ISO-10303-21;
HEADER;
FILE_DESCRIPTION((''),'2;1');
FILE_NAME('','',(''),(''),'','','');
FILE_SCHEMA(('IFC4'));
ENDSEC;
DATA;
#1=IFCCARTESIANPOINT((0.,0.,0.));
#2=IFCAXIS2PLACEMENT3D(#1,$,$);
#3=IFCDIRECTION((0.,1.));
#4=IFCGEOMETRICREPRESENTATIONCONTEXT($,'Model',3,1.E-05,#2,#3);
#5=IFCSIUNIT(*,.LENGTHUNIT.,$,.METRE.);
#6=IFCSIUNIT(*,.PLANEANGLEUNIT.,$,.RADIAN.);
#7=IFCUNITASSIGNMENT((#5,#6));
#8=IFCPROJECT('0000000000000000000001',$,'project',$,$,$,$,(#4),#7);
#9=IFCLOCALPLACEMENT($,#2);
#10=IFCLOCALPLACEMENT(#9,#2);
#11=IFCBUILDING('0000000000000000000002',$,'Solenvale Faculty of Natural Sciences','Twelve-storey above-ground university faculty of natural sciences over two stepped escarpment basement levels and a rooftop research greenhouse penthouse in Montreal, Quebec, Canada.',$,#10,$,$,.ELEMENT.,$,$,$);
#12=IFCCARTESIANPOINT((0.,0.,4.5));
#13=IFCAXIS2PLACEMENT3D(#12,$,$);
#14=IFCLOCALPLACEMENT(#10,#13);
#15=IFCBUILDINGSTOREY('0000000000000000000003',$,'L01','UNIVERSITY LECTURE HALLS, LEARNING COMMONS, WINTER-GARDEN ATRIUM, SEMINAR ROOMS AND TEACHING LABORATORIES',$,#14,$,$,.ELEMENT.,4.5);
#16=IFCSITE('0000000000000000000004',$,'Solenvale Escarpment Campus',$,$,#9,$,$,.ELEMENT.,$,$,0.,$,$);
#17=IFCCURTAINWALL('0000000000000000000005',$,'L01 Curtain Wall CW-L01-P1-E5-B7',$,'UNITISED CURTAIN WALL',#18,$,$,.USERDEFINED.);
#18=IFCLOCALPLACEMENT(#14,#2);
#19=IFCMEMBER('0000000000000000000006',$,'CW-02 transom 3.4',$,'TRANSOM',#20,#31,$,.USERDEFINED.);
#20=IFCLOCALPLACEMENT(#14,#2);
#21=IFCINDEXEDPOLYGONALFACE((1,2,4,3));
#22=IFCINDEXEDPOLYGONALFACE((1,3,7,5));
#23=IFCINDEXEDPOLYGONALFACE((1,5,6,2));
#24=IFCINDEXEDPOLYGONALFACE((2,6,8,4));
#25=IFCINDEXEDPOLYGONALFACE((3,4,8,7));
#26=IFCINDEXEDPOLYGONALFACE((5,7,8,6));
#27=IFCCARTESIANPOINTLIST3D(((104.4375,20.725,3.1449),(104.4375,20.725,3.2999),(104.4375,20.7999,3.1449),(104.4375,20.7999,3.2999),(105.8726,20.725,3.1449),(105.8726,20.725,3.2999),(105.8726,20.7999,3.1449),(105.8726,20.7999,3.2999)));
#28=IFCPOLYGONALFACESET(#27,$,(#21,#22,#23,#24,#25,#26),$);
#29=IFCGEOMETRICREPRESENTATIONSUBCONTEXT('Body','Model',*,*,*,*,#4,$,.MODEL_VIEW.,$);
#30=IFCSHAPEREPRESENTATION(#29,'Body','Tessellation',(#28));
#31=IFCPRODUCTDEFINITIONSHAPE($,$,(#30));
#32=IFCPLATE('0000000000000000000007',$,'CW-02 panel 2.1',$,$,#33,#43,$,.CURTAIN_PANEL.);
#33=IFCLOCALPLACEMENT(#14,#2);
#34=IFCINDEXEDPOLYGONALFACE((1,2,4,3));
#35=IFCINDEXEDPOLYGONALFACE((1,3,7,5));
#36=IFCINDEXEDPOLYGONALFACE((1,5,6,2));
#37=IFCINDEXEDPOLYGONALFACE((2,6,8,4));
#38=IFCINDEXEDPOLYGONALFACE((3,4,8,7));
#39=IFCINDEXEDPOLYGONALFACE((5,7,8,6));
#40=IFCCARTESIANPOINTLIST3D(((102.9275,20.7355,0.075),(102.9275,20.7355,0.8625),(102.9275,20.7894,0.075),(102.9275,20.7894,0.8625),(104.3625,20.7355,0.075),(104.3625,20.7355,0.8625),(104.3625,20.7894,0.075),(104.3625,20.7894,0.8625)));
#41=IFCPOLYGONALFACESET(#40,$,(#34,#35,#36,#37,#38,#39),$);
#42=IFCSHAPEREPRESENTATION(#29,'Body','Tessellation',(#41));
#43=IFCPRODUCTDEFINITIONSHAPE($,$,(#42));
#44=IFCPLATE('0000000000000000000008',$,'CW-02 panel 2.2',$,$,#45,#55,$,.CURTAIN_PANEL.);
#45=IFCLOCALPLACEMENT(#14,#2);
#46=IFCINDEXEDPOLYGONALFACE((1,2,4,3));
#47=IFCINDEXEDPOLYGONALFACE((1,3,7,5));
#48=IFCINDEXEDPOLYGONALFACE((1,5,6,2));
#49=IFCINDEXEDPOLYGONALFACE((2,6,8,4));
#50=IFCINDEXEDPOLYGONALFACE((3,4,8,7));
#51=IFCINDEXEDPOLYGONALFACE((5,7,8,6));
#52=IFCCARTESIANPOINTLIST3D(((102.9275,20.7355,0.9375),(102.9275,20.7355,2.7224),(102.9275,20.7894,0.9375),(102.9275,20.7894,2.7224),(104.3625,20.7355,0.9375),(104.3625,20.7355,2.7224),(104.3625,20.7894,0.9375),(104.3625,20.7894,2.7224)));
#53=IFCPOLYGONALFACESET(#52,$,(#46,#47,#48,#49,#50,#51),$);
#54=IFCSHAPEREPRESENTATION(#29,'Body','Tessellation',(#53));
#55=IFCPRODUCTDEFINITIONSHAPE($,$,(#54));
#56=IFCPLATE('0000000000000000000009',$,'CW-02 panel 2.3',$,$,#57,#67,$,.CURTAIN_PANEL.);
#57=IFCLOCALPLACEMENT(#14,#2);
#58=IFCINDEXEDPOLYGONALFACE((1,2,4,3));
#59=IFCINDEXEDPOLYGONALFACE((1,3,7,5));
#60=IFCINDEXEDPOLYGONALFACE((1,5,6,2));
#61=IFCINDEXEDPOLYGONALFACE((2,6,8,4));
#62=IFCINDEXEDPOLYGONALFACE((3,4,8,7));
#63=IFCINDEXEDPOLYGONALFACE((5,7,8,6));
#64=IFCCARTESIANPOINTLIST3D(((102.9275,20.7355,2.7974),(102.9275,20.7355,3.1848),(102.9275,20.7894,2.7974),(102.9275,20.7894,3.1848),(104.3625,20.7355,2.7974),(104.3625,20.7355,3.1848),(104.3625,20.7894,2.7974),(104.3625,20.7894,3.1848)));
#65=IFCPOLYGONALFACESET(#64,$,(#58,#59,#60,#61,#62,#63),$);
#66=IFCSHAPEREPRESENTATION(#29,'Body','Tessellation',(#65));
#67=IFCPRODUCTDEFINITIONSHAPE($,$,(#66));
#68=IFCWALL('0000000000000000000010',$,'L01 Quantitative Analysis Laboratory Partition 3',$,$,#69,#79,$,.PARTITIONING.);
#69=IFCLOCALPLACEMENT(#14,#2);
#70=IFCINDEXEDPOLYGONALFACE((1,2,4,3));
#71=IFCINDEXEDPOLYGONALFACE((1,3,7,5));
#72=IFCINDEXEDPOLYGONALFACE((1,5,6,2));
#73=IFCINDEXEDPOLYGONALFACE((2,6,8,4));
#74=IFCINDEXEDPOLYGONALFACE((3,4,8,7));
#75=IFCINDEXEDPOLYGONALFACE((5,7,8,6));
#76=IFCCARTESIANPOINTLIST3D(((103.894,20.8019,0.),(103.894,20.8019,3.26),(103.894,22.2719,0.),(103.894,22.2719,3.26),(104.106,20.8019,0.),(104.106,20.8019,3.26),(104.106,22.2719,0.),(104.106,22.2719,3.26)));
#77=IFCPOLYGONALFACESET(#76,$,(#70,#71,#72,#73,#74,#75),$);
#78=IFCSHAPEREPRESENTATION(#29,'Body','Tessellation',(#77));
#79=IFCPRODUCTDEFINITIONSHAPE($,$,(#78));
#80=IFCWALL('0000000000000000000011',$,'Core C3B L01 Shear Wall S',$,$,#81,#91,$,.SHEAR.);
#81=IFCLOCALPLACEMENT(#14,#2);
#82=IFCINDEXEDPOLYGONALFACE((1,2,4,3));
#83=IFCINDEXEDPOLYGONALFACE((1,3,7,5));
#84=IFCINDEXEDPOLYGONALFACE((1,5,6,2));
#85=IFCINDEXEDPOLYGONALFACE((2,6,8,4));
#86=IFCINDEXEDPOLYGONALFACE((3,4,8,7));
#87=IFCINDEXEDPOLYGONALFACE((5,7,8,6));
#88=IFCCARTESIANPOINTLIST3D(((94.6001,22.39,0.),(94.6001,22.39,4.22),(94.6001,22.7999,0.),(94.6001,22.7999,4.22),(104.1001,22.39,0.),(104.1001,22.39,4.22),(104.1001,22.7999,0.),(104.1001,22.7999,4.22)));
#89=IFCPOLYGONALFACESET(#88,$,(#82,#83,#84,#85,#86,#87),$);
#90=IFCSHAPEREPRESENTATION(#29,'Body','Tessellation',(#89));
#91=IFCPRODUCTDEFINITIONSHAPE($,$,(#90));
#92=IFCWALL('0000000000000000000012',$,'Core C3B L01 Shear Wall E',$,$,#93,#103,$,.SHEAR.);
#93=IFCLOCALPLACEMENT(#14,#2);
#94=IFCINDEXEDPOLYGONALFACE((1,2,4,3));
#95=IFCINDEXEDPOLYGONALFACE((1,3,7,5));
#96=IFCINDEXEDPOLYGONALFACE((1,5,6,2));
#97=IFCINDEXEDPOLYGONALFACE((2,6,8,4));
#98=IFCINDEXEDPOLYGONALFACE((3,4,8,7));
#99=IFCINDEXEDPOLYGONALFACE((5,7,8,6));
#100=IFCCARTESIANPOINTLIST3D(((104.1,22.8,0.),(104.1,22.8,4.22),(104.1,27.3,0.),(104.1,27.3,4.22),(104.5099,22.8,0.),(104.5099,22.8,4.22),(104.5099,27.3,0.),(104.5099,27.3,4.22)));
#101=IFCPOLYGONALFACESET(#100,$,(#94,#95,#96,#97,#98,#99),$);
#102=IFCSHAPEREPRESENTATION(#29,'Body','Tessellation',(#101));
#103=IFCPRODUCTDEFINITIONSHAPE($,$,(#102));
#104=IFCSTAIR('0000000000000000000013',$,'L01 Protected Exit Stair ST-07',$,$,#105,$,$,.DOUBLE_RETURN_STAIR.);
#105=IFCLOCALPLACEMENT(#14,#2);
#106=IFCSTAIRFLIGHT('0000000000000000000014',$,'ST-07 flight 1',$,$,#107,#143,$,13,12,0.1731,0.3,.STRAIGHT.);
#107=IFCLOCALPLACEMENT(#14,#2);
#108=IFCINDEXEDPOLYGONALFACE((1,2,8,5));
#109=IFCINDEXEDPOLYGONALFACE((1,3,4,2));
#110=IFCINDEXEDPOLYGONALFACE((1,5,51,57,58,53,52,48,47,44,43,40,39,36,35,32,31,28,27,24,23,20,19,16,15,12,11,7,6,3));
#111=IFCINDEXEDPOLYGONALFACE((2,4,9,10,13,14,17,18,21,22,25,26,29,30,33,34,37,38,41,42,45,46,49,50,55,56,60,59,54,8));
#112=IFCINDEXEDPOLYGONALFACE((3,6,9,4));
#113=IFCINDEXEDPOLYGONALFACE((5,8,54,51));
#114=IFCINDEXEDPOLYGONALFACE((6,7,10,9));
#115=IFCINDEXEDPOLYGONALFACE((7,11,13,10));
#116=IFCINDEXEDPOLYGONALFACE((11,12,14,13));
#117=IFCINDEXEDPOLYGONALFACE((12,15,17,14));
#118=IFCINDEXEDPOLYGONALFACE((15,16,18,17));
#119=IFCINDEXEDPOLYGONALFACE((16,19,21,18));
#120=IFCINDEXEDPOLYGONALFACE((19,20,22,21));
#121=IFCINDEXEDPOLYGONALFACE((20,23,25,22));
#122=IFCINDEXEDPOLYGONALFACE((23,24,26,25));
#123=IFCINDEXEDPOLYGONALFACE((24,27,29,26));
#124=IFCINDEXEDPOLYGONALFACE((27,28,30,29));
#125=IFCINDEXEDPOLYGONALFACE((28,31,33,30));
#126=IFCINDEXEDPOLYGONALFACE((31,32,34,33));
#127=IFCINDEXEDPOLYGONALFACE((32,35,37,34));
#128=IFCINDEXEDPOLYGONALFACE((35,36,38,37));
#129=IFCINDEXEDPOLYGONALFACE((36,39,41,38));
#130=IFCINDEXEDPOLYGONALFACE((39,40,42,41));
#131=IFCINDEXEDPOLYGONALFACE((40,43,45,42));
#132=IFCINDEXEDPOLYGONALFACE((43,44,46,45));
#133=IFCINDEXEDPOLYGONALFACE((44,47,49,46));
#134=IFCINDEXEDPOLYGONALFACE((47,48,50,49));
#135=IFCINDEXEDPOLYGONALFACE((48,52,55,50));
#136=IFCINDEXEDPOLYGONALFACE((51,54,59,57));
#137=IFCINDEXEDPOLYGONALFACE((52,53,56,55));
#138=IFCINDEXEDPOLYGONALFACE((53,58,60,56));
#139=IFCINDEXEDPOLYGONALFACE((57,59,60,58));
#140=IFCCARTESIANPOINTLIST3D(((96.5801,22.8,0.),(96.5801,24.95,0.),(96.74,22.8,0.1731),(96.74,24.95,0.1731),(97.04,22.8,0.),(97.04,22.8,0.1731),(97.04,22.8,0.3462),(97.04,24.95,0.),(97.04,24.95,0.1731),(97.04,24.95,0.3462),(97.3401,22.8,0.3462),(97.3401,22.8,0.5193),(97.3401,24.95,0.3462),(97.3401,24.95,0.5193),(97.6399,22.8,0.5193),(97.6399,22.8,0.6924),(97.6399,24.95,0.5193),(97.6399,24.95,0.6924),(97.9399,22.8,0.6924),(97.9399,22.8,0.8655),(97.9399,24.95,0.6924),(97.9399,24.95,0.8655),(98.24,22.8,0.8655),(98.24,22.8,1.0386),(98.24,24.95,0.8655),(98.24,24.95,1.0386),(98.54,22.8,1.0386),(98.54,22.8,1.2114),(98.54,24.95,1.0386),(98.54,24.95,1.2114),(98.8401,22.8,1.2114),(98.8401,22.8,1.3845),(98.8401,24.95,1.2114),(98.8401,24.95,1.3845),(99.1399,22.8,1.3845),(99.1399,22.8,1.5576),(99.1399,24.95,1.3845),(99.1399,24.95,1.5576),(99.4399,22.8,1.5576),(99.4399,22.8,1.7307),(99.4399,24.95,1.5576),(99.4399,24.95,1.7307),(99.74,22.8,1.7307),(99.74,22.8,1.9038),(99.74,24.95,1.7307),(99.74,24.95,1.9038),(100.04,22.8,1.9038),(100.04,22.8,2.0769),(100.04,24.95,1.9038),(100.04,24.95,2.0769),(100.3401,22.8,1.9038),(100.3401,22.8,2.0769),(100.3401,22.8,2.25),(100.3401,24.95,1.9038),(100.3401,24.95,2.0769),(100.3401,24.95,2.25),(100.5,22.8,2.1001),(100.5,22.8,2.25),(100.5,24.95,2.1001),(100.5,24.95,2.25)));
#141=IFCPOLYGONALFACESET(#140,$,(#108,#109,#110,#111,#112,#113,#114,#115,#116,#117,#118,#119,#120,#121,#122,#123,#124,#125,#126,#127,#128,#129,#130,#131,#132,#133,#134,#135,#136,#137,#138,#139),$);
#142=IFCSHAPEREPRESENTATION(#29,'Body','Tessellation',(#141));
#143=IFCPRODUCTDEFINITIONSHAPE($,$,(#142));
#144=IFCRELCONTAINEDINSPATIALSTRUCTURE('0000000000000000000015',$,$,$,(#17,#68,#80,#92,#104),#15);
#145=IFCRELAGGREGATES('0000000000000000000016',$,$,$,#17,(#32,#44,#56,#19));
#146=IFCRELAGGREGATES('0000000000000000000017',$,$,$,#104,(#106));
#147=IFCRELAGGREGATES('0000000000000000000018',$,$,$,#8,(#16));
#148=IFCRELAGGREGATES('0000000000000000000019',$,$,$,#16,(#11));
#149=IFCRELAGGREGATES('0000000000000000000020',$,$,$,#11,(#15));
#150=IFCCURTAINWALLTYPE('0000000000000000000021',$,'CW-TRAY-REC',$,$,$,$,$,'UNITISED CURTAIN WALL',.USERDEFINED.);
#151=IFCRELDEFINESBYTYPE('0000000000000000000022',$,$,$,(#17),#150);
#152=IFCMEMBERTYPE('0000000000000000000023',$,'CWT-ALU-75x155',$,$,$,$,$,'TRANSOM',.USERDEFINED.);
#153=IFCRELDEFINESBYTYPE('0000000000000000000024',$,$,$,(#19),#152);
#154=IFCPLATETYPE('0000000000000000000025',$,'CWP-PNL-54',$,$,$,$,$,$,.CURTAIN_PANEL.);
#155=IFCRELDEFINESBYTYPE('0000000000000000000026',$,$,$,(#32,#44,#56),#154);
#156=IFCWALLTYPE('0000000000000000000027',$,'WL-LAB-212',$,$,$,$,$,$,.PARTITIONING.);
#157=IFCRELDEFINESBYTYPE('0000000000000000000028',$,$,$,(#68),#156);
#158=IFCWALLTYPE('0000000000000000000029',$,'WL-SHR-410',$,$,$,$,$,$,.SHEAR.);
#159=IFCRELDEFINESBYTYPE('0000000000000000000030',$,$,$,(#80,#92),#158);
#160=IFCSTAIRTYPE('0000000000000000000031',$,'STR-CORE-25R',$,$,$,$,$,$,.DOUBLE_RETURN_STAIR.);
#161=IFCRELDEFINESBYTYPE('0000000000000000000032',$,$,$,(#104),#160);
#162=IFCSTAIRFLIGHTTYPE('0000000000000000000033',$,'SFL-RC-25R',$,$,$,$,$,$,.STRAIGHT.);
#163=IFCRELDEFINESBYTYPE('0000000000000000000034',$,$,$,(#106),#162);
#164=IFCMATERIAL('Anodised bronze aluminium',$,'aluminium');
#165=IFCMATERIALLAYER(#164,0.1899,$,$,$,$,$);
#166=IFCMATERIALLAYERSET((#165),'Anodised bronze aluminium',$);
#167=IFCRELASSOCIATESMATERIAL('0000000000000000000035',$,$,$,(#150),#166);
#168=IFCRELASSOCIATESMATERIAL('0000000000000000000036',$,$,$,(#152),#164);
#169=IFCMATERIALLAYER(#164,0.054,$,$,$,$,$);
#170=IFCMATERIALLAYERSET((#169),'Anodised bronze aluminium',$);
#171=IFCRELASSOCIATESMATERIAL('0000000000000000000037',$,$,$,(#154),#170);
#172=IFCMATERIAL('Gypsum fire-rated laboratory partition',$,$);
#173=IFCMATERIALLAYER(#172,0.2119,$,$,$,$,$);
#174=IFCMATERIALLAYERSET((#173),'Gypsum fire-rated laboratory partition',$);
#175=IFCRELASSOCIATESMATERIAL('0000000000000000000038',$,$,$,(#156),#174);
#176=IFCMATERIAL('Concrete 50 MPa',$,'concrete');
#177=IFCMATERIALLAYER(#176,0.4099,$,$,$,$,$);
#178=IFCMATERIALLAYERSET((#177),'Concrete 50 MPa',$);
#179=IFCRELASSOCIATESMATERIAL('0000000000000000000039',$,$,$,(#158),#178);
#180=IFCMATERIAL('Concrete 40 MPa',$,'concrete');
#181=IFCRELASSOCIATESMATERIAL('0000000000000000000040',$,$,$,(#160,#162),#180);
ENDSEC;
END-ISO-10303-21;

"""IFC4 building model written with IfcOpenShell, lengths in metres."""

from ifc_helpers import new_model, si_unit, direction, frame, frame_2d, origin, origin_2d, place, context, subcontext, project, spatial, polyline, rectangle, outline, extrude, material, layer, layer_set, material_profile, profile_set, type_object, element, aggregate, save


model = new_model("IFC4")

# Units and contexts
model_context = context("Model", 3, precision=1e-05, world=origin(), true_north=direction((0.0, 1.0)))
body_context = subcontext(model_context, "Body", "Model", "MODEL_VIEW")
ifc_project = project(units=[si_unit("LENGTHUNIT", "METRE"), si_unit("PLANEANGLEUNIT", "RADIAN")], contexts=[model_context])

# Site, building, storey
site_placement = place(None, origin())
site = spatial("IfcSite", under=ifc_project, at=site_placement, Name="Solenvale Escarpment Campus", CompositionType="ELEMENT", RefElevation=0.0)
building_placement = place(site_placement, origin())
building = spatial("IfcBuilding", under=site, at=building_placement, Name="Solenvale Faculty of Natural Sciences", Description="Twelve-storey above-ground university faculty of natural sciences over two stepped escarpment basement levels and a rooftop research greenhouse penthouse in Montreal, Quebec, Canada.", CompositionType="ELEMENT")
storey_placement = place(building_placement, frame((0.0, 0.0, 4.5)))
storey = spatial("IfcBuildingStorey", under=building, at=storey_placement, Name="L01", Description="UNIVERSITY LECTURE HALLS, LEARNING COMMONS, WINTER-GARDEN ATRIUM, SEMINAR ROOMS AND TEACHING LABORATORIES", CompositionType="ELEMENT", Elevation=4.5)

# Shared definitions
ifc_material_1 = material(Name="Concrete 50 MPa", Category="concrete")

# Shared definitions
ifc_material_2 = material(Name="Concrete 40 MPa", Category="concrete")

# Curtain wall, member, plates
ifc_material_3 = material(Name="Anodised bronze aluminium", Category="aluminium")
ifc_layer_1 = layer(ifc_material_3, 0.1899)
ifc_layer_set_1 = layer_set([ifc_layer_1], Name="Anodised bronze aluminium")
curtain_wall_type = type_object("IfcCurtainWallType", Name="CW-TRAY-REC", ElementType="UNITISED CURTAIN WALL", PredefinedType="USERDEFINED", material=ifc_layer_set_1)
curtain_wall_placement = place(storey_placement, origin())
curtain_wall = element("IfcCurtainWall", 1, at=curtain_wall_placement, inside=storey, type_object=curtain_wall_type, Name="L01 Curtain Wall CW-L01-P1-E5-B7", ObjectType="UNITISED CURTAIN WALL", PredefinedType="USERDEFINED")
ifc_material_profile_1 = material_profile(ifc_material_3, rectangle(XDim=0.075, YDim=0.155, at=origin_2d()), Name="ALU-TRN-75x155")
ifc_profile_set_1 = profile_set([ifc_material_profile_1], Name="Anodised bronze aluminium")
member_type_1 = type_object("IfcMemberType", Name="CWT-ALU-75x155", ElementType="TRANSOM", PredefinedType="USERDEFINED", material=ifc_profile_set_1)
member_1_placement = place(storey_placement, frame((104.4375, 20.7625, 3.2224), z_axis=(1.0, 0.0, 0.0), x_axis=(0.0, 1.0, 0.0)))
member_1 = element("IfcMember", 2, at=member_1_placement, type_object=member_type_1, Name="CW-02 transom 3.4", ObjectType="TRANSOM", PredefinedType="USERDEFINED", context=body_context, shape_type="SweptSolid", body=[
    extrude(rectangle(XDim=0.075, YDim=0.155, at=origin_2d()), origin(), (0.0, 0.0, 1.0), 1.4351),
])
ifc_layer_2 = layer(ifc_material_3, 0.054)
ifc_layer_set_2 = layer_set([ifc_layer_2], Name="Anodised bronze aluminium")
plate_type = type_object("IfcPlateType", Name="CWP-PNL-54", PredefinedType="CURTAIN_PANEL", material=ifc_layer_set_2)
plate_1_placement = place(storey_placement, frame((103.645, 20.7625, 0.075), z_axis=(0.0, 0.0, 1.0), x_axis=(1.0, 0.0, 0.0)))
plate_1 = element("IfcPlate", 3, at=plate_1_placement, type_object=plate_type, Name="CW-02 panel 2.1", PredefinedType="CURTAIN_PANEL", context=body_context, shape_type="SweptSolid", body=[
    extrude(rectangle(XDim=1.4351, YDim=0.054, at=origin_2d()), origin(), (0.0, 0.0, 1.0), 0.7876),
])
plate_2_placement = place(storey_placement, frame((103.645, 20.7625, 0.9375), z_axis=(0.0, 0.0, 1.0), x_axis=(1.0, 0.0, 0.0)))
plate_2 = element("IfcPlate", 4, at=plate_2_placement, type_object=plate_type, Name="CW-02 panel 2.2", PredefinedType="CURTAIN_PANEL", context=body_context, shape_type="SweptSolid", body=[
    extrude(rectangle(XDim=1.4351, YDim=0.054, at=origin_2d()), origin(), (0.0, 0.0, 1.0), 1.7849),
])
plate_3_placement = place(storey_placement, frame((103.645, 20.7625, 2.7974), z_axis=(0.0, 0.0, 1.0), x_axis=(1.0, 0.0, 0.0)))
plate_3 = element("IfcPlate", 5, at=plate_3_placement, type_object=plate_type, Name="CW-02 panel 2.3", PredefinedType="CURTAIN_PANEL", context=body_context, shape_type="SweptSolid", body=[
    extrude(rectangle(XDim=1.4351, YDim=0.054, at=origin_2d()), origin(), (0.0, 0.0, 1.0), 0.3875),
])
aggregate(curtain_wall, [plate_1, plate_2, plate_3, member_1])

# Walls
ifc_material_4 = material(Name="Gypsum fire-rated laboratory partition")
ifc_layer_3 = layer(ifc_material_4, 0.2119)
ifc_layer_set_3 = layer_set([ifc_layer_3], Name="Gypsum fire-rated laboratory partition")
wall_type_1 = type_object("IfcWallType", Name="WL-LAB-212", PredefinedType="PARTITIONING", material=ifc_layer_set_3)
wall_1_placement = place(storey_placement, frame((104.0, 20.802, 0.0), z_axis=(0.0, 0.0, 1.0), x_axis=(0.0, 1.0, 0.0)))
element("IfcWall", 6, at=wall_1_placement, inside=storey, type_object=wall_type_1, Name="L01 Quantitative Analysis Laboratory Partition 3", PredefinedType="PARTITIONING", context=body_context, shape_type="SweptSolid", body=[
    extrude(rectangle(XDim=1.47, YDim=0.2119, at=frame_2d((0.7349, 0.0))), origin(), (0.0, 0.0, 1.0), 3.26),
])
ifc_layer_4 = layer(ifc_material_1, 0.4099)
ifc_layer_set_4 = layer_set([ifc_layer_4], Name="Concrete 50 MPa")
wall_type_2 = type_object("IfcWallType", Name="WL-SHR-410", PredefinedType="SHEAR", material=ifc_layer_set_4)
wall_2_placement = place(storey_placement, frame((94.6001, 22.595, 0.0), z_axis=(0.0, 0.0, 1.0), x_axis=(1.0, 0.0, 0.0)))
element("IfcWall", 7, at=wall_2_placement, inside=storey, type_object=wall_type_2, Name="Core C3B L01 Shear Wall S", PredefinedType="SHEAR", context=body_context, shape_type="SweptSolid", body=[
    extrude(rectangle(XDim=9.5, YDim=0.4099, at=frame_2d((4.75, 0.0))), origin(), (0.0, 0.0, 1.0), 4.22),
])

# Wall
wall_3_placement = place(storey_placement, frame((104.3049, 22.8, 0.0), z_axis=(0.0, 0.0, 1.0), x_axis=(0.0, 1.0, 0.0)))
element("IfcWall", 8, at=wall_3_placement, inside=storey, type_object=wall_type_2, Name="Core C3B L01 Shear Wall E", PredefinedType="SHEAR", context=body_context, shape_type="SweptSolid", body=[
    extrude(rectangle(XDim=4.5, YDim=0.4099, at=frame_2d((2.25, 0.0))), origin(), (0.0, 0.0, 1.0), 4.22),
])

# Stair, stair flight
stair_type = type_object("IfcStairType", Name="STR-CORE-25R", PredefinedType="DOUBLE_RETURN_STAIR", material=ifc_material_2)
stair_placement = place(storey_placement, origin())
stair = element("IfcStair", 9, at=stair_placement, inside=storey, type_object=stair_type, Name="L01 Protected Exit Stair ST-07", PredefinedType="DOUBLE_RETURN_STAIR")
stair_flight_type = type_object("IfcStairFlightType", Name="SFL-RC-25R", PredefinedType="STRAIGHT", material=ifc_material_2)
stair_flight_placement = place(storey_placement, frame((96.74, 23.875, 0.0), z_axis=(0.0, 0.0, 1.0), x_axis=(1.0, 0.0, 0.0)))
stair_flight = element("IfcStairFlight", 10, at=stair_flight_placement, type_object=stair_flight_type, Name="ST-07 flight 1", NumberOfRisers=13, NumberOfTreads=12, PredefinedType="STRAIGHT", RiserHeight=0.1731, TreadLength=0.3, context=body_context, shape_type="SweptSolid", body=[
    extrude(outline(polyline([(-0.1599, 0.0), (0.0, 0.1731), (0.3, 0.1731), (0.3, 0.3462), (0.6001, 0.3462), (0.6001, 0.5193), (0.8999, 0.5193), (0.8999, 0.6924), (1.2, 0.6924), (1.2, 0.8655), (1.5, 0.8655), (1.5, 1.0386), (1.8, 1.0386), (1.8, 1.2114), (2.1001, 1.2114), (2.1001, 1.3845), (2.3999, 1.3845), (2.3999, 1.5576), (2.7, 1.5576), (2.7, 1.7307), (3.0, 1.7307), (3.0, 1.9038), (3.3, 1.9038), (3.3, 2.0769), (3.6001, 2.0769), (3.6001, 2.25), (3.76, 2.25), (3.76, 2.1001), (3.6001, 1.9038), (0.3, 0.0), (-0.1599, 0.0)])), frame((0.0, 1.075, 0.0), z_axis=(0.0, -1.0, 0.0), x_axis=(1.0, 0.0, 0.0)), (0.0, 0.0, 1.0), 2.1499),
])
aggregate(stair, [stair_flight])

save(model, "model.ifc")
